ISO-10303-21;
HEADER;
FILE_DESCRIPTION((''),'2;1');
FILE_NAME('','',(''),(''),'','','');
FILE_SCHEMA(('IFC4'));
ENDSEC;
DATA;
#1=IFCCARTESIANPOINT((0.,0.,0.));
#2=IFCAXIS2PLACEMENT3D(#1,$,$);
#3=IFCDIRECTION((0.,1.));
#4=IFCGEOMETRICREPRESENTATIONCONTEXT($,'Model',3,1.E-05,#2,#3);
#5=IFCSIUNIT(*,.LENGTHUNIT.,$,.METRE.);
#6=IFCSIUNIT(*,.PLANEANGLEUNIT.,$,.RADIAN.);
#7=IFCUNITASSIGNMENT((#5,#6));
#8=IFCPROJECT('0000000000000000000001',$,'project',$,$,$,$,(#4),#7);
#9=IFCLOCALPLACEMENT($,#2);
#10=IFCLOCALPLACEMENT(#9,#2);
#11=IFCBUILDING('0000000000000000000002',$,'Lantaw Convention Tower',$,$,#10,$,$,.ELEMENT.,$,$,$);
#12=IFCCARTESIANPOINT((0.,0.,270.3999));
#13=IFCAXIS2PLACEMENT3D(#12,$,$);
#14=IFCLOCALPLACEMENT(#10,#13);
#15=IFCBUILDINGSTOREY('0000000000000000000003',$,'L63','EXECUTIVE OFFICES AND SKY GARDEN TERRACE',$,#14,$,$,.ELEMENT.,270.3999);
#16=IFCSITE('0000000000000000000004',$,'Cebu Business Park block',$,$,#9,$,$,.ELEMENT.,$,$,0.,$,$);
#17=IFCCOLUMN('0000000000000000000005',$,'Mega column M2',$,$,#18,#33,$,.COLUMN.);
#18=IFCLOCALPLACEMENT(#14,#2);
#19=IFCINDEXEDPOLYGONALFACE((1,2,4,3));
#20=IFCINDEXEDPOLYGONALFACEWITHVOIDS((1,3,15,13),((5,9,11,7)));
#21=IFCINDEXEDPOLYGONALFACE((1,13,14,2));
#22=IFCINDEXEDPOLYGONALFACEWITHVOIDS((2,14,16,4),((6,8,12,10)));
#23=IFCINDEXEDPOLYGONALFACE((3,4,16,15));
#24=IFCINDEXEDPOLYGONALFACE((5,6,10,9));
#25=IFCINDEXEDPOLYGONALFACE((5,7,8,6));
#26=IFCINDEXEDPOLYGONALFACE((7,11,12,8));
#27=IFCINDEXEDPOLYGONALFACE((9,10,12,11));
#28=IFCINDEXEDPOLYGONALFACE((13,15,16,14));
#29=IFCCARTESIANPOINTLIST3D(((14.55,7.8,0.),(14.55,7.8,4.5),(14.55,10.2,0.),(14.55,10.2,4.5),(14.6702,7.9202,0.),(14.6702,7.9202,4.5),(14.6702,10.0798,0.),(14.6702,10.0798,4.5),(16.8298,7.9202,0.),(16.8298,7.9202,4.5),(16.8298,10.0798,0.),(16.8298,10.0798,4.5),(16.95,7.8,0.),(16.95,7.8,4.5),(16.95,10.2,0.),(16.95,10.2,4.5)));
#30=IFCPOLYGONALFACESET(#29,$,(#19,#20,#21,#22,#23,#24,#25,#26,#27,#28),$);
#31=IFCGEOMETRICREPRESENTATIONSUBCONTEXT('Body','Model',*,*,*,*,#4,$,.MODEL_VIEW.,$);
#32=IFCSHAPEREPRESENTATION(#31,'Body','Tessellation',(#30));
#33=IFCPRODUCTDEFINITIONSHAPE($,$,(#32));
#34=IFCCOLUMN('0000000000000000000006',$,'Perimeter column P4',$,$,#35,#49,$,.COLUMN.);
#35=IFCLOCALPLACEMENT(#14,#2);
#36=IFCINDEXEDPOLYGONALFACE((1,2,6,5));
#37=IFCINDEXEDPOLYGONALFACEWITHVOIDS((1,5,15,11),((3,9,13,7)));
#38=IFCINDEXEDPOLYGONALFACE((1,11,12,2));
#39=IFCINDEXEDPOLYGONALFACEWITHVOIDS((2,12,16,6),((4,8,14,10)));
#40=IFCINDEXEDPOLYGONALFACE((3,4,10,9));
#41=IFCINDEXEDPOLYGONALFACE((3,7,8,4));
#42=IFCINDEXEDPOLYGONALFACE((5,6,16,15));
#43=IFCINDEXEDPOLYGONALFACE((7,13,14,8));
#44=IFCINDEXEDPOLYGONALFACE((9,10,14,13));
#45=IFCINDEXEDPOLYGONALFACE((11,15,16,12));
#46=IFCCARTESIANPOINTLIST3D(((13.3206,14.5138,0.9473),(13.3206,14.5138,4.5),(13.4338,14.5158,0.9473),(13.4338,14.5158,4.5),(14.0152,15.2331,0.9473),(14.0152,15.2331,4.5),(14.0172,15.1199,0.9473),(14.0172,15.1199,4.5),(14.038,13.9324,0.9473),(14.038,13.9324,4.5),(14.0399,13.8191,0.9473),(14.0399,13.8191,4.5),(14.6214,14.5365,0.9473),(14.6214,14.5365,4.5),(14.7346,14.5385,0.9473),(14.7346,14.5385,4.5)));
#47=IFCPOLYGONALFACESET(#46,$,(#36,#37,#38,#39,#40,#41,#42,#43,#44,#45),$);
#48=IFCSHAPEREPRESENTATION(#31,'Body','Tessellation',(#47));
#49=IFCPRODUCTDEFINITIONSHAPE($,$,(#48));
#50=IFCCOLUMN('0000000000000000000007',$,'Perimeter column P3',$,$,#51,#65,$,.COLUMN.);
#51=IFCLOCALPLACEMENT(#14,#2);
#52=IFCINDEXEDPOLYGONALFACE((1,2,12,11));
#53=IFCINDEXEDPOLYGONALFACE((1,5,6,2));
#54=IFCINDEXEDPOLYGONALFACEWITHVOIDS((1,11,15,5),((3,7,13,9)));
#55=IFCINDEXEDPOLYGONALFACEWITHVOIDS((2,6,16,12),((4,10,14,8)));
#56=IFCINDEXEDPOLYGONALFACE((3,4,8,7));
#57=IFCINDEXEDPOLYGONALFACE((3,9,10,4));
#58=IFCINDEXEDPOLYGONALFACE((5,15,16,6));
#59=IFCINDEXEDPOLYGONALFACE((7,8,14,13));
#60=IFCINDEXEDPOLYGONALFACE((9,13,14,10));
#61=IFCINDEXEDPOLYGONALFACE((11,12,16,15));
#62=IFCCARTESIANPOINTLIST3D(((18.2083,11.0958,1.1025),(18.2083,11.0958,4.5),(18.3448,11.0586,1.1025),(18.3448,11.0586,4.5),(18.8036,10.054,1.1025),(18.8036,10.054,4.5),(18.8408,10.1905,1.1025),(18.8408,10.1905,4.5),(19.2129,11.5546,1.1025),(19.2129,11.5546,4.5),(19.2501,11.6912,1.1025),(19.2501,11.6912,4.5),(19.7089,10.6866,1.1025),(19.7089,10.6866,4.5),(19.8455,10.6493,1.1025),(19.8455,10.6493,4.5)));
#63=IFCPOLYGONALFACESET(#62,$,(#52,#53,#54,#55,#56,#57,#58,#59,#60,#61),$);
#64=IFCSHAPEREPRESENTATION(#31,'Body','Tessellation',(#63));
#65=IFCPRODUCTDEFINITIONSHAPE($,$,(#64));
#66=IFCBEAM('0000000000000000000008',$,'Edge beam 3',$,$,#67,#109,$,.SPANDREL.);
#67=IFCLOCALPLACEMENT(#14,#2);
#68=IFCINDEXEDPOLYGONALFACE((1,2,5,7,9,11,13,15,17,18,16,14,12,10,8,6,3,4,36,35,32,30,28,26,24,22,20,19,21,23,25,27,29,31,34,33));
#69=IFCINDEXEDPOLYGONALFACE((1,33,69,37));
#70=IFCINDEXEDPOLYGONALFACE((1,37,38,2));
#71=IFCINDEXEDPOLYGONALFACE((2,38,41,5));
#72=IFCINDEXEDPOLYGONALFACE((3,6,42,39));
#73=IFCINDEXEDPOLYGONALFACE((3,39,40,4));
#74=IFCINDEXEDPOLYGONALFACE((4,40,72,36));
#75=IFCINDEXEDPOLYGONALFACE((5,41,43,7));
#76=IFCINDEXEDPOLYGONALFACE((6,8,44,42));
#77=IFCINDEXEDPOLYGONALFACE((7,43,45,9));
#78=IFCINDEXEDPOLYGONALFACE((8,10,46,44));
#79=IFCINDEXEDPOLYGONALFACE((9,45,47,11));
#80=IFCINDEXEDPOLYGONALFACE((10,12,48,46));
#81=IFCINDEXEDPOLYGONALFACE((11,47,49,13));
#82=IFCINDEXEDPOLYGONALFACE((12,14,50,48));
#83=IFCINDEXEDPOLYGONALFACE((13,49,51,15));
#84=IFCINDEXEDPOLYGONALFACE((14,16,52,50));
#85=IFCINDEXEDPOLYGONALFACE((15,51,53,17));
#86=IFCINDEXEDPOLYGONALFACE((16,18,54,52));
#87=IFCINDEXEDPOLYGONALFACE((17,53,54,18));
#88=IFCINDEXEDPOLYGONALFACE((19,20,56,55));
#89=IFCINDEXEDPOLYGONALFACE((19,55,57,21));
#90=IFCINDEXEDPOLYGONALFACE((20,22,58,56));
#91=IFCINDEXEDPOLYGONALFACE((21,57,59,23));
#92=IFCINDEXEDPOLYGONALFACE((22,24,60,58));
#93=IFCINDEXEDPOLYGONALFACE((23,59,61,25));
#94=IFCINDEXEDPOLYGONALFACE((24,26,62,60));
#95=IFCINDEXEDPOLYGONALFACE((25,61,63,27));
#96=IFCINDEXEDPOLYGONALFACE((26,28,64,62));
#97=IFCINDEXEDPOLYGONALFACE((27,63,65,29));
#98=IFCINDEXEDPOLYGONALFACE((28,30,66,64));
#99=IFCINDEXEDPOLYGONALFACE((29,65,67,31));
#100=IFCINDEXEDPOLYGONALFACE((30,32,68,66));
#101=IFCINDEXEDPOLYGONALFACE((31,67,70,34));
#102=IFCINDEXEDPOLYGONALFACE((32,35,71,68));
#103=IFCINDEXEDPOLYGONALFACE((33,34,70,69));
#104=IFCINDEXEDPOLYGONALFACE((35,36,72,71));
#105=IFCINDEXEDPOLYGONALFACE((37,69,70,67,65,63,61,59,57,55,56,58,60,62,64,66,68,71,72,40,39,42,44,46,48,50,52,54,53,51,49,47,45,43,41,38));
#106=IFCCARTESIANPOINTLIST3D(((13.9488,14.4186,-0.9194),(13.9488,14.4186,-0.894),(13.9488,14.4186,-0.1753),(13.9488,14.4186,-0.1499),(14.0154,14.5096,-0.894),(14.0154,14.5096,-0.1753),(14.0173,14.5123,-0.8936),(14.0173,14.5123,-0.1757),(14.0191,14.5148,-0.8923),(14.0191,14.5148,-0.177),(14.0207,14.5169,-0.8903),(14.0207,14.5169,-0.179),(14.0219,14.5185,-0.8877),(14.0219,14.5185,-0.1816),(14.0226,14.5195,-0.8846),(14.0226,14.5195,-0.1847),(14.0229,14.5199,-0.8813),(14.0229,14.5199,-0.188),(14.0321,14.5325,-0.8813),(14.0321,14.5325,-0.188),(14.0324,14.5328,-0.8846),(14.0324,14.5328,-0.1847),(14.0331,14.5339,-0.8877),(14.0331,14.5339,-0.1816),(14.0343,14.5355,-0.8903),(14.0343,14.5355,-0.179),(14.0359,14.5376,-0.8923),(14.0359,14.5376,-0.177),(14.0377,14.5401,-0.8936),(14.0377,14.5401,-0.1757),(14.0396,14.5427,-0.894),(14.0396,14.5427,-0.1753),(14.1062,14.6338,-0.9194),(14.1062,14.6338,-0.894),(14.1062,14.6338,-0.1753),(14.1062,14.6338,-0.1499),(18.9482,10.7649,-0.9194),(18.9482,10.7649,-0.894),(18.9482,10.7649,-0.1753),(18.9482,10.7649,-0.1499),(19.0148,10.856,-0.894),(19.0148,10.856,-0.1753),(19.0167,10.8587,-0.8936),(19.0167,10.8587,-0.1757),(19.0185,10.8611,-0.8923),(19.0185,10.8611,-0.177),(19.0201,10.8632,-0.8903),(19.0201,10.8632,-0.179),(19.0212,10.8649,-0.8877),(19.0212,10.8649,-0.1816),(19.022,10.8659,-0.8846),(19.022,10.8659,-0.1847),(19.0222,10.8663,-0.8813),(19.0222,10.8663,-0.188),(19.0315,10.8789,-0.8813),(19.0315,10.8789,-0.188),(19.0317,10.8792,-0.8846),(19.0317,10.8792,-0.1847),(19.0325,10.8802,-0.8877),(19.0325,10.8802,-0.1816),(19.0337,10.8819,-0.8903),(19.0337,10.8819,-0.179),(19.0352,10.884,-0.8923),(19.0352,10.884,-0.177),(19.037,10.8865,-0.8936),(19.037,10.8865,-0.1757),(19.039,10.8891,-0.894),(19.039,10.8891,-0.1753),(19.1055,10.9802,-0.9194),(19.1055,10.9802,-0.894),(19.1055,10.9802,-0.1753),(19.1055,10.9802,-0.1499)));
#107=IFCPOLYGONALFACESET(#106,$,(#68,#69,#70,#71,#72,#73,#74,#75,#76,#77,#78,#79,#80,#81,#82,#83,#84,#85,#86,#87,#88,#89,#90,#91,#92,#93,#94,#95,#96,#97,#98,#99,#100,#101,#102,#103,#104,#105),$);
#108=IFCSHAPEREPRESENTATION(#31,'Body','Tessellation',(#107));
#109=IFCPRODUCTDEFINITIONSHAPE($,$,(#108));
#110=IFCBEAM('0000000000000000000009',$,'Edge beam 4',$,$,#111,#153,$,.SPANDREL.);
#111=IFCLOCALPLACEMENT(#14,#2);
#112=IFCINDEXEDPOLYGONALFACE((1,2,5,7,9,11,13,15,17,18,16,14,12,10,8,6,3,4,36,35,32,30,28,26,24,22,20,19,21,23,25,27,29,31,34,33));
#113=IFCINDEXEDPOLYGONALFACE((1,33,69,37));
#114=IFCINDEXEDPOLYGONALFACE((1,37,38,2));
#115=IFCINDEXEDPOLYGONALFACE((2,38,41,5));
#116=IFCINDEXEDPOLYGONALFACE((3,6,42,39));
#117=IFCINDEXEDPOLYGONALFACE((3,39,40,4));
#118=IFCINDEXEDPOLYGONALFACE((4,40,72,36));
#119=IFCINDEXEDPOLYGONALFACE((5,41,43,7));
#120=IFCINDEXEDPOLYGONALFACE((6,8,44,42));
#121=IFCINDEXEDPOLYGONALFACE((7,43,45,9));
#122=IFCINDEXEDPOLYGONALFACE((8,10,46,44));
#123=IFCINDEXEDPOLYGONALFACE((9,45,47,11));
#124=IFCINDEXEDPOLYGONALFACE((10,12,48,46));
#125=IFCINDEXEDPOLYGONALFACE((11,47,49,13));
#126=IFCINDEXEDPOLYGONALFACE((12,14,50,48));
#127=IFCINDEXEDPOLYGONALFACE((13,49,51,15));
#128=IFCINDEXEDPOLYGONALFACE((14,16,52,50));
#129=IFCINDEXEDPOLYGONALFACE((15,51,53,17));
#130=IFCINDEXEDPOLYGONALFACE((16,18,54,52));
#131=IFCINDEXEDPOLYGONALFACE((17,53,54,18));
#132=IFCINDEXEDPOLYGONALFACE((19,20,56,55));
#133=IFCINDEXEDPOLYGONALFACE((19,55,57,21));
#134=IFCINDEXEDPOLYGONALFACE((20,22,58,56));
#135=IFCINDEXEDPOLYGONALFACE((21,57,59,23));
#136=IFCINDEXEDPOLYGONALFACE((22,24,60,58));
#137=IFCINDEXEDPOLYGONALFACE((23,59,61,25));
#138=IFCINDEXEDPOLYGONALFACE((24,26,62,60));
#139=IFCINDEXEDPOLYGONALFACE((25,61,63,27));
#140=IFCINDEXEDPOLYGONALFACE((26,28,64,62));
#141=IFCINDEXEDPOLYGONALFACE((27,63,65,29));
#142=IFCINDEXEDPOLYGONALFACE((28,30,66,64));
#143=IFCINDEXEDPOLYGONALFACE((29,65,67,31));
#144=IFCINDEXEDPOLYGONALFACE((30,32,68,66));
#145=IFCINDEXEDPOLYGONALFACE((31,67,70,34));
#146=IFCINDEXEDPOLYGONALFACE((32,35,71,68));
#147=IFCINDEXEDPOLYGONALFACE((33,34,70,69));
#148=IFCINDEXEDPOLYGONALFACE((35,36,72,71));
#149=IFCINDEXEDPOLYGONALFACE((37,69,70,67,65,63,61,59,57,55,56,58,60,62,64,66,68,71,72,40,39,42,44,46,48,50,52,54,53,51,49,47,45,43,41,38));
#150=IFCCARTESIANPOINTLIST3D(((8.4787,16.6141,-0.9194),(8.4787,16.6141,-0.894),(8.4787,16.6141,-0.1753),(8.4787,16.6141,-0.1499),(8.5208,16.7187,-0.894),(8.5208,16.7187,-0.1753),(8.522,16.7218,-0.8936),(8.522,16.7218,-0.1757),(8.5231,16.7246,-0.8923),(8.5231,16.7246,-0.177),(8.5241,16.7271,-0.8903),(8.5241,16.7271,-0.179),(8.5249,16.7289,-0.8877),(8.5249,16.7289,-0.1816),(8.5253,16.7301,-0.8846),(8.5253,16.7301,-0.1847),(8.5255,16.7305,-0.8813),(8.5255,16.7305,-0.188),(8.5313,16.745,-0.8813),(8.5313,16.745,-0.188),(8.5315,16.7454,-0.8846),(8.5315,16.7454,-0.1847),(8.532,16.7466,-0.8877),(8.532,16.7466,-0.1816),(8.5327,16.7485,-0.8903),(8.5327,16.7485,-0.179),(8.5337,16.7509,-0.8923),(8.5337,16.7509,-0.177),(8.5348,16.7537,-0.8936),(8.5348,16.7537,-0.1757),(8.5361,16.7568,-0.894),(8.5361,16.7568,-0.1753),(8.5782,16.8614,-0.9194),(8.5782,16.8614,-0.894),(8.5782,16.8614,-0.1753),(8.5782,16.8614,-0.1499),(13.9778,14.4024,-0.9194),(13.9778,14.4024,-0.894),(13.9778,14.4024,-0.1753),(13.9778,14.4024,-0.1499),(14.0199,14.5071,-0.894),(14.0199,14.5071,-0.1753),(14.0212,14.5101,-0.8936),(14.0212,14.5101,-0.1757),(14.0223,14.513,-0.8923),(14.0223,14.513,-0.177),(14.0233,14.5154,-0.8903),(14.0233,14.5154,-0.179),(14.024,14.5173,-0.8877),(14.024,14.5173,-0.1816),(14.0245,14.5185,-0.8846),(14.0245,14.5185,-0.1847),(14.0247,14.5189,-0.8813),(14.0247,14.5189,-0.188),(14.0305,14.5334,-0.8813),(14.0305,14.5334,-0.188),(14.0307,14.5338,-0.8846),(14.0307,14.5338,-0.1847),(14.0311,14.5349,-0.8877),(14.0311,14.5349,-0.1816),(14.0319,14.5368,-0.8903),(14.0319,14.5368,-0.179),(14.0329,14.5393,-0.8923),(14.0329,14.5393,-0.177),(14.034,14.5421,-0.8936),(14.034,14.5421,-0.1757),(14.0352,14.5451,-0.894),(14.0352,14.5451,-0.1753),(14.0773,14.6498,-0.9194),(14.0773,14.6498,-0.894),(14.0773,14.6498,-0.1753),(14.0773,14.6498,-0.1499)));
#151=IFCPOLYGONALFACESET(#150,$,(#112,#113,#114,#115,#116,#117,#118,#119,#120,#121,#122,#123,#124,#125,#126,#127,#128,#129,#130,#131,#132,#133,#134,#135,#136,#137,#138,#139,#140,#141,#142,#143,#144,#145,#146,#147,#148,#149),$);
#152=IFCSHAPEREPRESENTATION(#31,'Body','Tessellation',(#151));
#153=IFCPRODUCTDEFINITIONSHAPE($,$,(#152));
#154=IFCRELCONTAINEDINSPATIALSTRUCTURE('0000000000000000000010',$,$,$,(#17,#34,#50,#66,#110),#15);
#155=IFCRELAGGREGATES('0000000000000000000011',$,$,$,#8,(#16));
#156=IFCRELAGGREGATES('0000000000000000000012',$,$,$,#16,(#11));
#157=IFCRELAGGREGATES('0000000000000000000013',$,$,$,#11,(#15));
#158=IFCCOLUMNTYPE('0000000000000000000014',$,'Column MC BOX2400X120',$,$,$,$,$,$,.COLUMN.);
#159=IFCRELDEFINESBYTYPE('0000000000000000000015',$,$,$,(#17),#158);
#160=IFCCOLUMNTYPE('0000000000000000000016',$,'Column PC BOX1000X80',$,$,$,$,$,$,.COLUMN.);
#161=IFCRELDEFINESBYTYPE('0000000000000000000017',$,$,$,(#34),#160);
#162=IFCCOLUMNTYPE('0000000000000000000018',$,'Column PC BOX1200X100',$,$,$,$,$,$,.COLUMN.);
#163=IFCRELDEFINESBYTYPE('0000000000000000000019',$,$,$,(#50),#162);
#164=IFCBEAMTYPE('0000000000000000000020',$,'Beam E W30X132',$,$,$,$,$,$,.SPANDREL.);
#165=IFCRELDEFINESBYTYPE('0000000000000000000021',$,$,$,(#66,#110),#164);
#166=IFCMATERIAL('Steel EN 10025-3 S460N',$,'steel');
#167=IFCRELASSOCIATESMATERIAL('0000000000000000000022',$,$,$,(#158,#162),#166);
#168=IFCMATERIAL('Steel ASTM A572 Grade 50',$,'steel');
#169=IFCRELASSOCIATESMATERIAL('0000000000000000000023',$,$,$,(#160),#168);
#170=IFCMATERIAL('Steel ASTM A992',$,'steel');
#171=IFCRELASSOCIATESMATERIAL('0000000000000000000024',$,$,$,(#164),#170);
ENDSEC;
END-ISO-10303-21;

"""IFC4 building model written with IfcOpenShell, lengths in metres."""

from ifc_helpers import new_model, si_unit, direction, frame, origin, origin_2d, place, context, subcontext, project, spatial, rectangle, hollow_rectangle, i_section, extrude, material, material_profile, profile_set, type_object, element, save


model = new_model("IFC4")

# Units and contexts
model_context = context("Model", 3, precision=1e-05, world=origin(), true_north=direction((0.0, 1.0)))
body_context = subcontext(model_context, "Body", "Model", "MODEL_VIEW")
ifc_project = project(units=[si_unit("LENGTHUNIT", "METRE"), si_unit("PLANEANGLEUNIT", "RADIAN")], contexts=[model_context])

# Site, building, storey
site_placement = place(None, origin())
site = spatial("IfcSite", under=ifc_project, at=site_placement, Name="Cebu Business Park block", CompositionType="ELEMENT", RefElevation=0.0)
building_placement = place(site_placement, origin())
building = spatial("IfcBuilding", under=site, at=building_placement, Name="Lantaw Convention Tower", CompositionType="ELEMENT")
storey_placement = place(building_placement, frame((0.0, 0.0, 270.3999)))
storey = spatial("IfcBuildingStorey", under=building, at=storey_placement, Name="L63", Description="EXECUTIVE OFFICES AND SKY GARDEN TERRACE", CompositionType="ELEMENT", Elevation=270.3999)

# Columns
ifc_material_1 = material(Name="Steel EN 10025-3 S460N", Category="steel")
ifc_material_profile_1 = material_profile(ifc_material_1, hollow_rectangle(XDim=2.3999, YDim=2.3999, WallThickness=0.1201, at=origin_2d()), Name="BOX2400X120")
ifc_material_2 = material(Name="Concrete C60/75", Category="concrete")
ifc_material_profile_2 = material_profile(ifc_material_2, rectangle(XDim=2.1599, YDim=2.1599, at=origin_2d()), Name="Concrete fill of BOX2400X120")
ifc_profile_set_1 = profile_set([ifc_material_profile_1, ifc_material_profile_2], Name="Steel EN 10025-3 S460N")
column_type_1 = type_object("IfcColumnType", Name="Column MC BOX2400X120", PredefinedType="COLUMN", material=ifc_profile_set_1)
column_1_placement = place(storey_placement, frame((15.75, 9.0, 0.0), z_axis=(0.0, 0.0, 1.0), x_axis=(1.0, 0.0, 0.0)))
element("IfcColumn", 1, at=column_1_placement, inside=storey, type_object=column_type_1, Name="Mega column M2", PredefinedType="COLUMN", context=body_context, shape_type="SweptSolid", body=[
    extrude(hollow_rectangle(XDim=2.3999, YDim=2.3999, WallThickness=0.1201, at=origin_2d()), origin(), (0.0, 0.0, 1.0), 4.5),
])
ifc_material_3 = material(Name="Steel ASTM A572 Grade 50", Category="steel")
ifc_material_profile_3 = material_profile(ifc_material_3, hollow_rectangle(XDim=1.0, YDim=1.0, WallThickness=0.0801, at=origin_2d()), Name="BOX1000X80")
ifc_material_profile_4 = material_profile(ifc_material_2, rectangle(XDim=0.8401, YDim=0.8401, at=origin_2d()), Name="Concrete fill of BOX1000X80")
ifc_profile_set_2 = profile_set([ifc_material_profile_3, ifc_material_profile_4], Name="Steel ASTM A572 Grade 50")
column_type_2 = type_object("IfcColumnType", Name="Column PC BOX1000X80", PredefinedType="COLUMN", material=ifc_profile_set_2)
column_2_placement = place(storey_placement, frame((14.0276, 14.5261, 0.9473), z_axis=(0.0, 0.0, 1.0), x_axis=(0.694658, 0.71934, 0.0)))
element("IfcColumn", 2, at=column_2_placement, inside=storey, type_object=column_type_2, Name="Perimeter column P4", PredefinedType="COLUMN", context=body_context, shape_type="SweptSolid", body=[
    extrude(hollow_rectangle(XDim=1.0, YDim=1.0, WallThickness=0.0801, at=origin_2d()), origin(), (0.0, 0.0, 1.0), 3.5527),
])
ifc_material_profile_5 = material_profile(ifc_material_1, hollow_rectangle(XDim=1.2, YDim=1.2, WallThickness=0.1001, at=origin_2d()), Name="BOX1200X100")
ifc_material_profile_6 = material_profile(ifc_material_2, rectangle(XDim=1.0, YDim=1.0, at=origin_2d()), Name="Concrete fill of BOX1200X100")
ifc_profile_set_3 = profile_set([ifc_material_profile_5, ifc_material_profile_6], Name="Steel EN 10025-3 S460N")
column_type_3 = type_object("IfcColumnType", Name="Column PC BOX1200X100", PredefinedType="COLUMN", material=ifc_profile_set_3)
column_3_placement = place(storey_placement, frame((19.0269, 10.8726, 1.1025), z_axis=(0.0, 0.0, 1.0), x_axis=(0.868243, 0.496139, 0.0)))
element("IfcColumn", 3, at=column_3_placement, inside=storey, type_object=column_type_3, Name="Perimeter column P3", PredefinedType="COLUMN", context=body_context, shape_type="SweptSolid", body=[
    extrude(hollow_rectangle(XDim=1.2, YDim=1.2, WallThickness=0.1001, at=origin_2d()), origin(), (0.0, 0.0, 1.0), 3.3975),
])

# Beams
ifc_material_4 = material(Name="Steel ASTM A992", Category="steel")
ifc_material_profile_7 = material_profile(ifc_material_4, i_section(OverallWidth=0.2666, OverallDepth=0.7695, WebThickness=0.0156, FlangeThickness=0.0254, FilletRadius=0.0127, at=origin_2d()), Name="W30X132")
ifc_profile_set_4 = profile_set([ifc_material_profile_7], Name="Steel ASTM A992")
beam_type_1 = type_object("IfcBeamType", Name="Beam E W30X132", PredefinedType="SPANDREL", material=ifc_profile_set_4)
beam_1_placement = place(storey_placement, frame((19.0269, 10.8726, -0.5347), z_axis=(-0.807372, 0.590043, 0.0), x_axis=(-0.590043, -0.807372, 0.0)))
element("IfcBeam", 4, at=beam_1_placement, inside=storey, type_object=beam_type_1, Name="Edge beam 3", PredefinedType="SPANDREL", context=body_context, shape_type="SweptSolid", body=[
    extrude(i_section(OverallWidth=0.2666, OverallDepth=0.7695, WebThickness=0.0156, FlangeThickness=0.0254, FilletRadius=0.0127, at=origin_2d()), origin(), (0.0, 0.0, 1.0), 6.1921),
])
beam_2_placement = place(storey_placement, frame((14.0276, 14.5261, -0.5347), z_axis=(-0.927779, 0.37313, 0.0), x_axis=(-0.37313, -0.927779, 0.0)))
element("IfcBeam", 5, at=beam_2_placement, inside=storey, type_object=beam_type_1, Name="Edge beam 4", PredefinedType="SPANDREL", context=body_context, shape_type="SweptSolid", body=[
    extrude(i_section(OverallWidth=0.2666, OverallDepth=0.7695, WebThickness=0.0156, FlangeThickness=0.0254, FilletRadius=0.0127, at=origin_2d()), origin(), (0.0, 0.0, 1.0), 5.9272),
])

save(model, "model.ifc")
